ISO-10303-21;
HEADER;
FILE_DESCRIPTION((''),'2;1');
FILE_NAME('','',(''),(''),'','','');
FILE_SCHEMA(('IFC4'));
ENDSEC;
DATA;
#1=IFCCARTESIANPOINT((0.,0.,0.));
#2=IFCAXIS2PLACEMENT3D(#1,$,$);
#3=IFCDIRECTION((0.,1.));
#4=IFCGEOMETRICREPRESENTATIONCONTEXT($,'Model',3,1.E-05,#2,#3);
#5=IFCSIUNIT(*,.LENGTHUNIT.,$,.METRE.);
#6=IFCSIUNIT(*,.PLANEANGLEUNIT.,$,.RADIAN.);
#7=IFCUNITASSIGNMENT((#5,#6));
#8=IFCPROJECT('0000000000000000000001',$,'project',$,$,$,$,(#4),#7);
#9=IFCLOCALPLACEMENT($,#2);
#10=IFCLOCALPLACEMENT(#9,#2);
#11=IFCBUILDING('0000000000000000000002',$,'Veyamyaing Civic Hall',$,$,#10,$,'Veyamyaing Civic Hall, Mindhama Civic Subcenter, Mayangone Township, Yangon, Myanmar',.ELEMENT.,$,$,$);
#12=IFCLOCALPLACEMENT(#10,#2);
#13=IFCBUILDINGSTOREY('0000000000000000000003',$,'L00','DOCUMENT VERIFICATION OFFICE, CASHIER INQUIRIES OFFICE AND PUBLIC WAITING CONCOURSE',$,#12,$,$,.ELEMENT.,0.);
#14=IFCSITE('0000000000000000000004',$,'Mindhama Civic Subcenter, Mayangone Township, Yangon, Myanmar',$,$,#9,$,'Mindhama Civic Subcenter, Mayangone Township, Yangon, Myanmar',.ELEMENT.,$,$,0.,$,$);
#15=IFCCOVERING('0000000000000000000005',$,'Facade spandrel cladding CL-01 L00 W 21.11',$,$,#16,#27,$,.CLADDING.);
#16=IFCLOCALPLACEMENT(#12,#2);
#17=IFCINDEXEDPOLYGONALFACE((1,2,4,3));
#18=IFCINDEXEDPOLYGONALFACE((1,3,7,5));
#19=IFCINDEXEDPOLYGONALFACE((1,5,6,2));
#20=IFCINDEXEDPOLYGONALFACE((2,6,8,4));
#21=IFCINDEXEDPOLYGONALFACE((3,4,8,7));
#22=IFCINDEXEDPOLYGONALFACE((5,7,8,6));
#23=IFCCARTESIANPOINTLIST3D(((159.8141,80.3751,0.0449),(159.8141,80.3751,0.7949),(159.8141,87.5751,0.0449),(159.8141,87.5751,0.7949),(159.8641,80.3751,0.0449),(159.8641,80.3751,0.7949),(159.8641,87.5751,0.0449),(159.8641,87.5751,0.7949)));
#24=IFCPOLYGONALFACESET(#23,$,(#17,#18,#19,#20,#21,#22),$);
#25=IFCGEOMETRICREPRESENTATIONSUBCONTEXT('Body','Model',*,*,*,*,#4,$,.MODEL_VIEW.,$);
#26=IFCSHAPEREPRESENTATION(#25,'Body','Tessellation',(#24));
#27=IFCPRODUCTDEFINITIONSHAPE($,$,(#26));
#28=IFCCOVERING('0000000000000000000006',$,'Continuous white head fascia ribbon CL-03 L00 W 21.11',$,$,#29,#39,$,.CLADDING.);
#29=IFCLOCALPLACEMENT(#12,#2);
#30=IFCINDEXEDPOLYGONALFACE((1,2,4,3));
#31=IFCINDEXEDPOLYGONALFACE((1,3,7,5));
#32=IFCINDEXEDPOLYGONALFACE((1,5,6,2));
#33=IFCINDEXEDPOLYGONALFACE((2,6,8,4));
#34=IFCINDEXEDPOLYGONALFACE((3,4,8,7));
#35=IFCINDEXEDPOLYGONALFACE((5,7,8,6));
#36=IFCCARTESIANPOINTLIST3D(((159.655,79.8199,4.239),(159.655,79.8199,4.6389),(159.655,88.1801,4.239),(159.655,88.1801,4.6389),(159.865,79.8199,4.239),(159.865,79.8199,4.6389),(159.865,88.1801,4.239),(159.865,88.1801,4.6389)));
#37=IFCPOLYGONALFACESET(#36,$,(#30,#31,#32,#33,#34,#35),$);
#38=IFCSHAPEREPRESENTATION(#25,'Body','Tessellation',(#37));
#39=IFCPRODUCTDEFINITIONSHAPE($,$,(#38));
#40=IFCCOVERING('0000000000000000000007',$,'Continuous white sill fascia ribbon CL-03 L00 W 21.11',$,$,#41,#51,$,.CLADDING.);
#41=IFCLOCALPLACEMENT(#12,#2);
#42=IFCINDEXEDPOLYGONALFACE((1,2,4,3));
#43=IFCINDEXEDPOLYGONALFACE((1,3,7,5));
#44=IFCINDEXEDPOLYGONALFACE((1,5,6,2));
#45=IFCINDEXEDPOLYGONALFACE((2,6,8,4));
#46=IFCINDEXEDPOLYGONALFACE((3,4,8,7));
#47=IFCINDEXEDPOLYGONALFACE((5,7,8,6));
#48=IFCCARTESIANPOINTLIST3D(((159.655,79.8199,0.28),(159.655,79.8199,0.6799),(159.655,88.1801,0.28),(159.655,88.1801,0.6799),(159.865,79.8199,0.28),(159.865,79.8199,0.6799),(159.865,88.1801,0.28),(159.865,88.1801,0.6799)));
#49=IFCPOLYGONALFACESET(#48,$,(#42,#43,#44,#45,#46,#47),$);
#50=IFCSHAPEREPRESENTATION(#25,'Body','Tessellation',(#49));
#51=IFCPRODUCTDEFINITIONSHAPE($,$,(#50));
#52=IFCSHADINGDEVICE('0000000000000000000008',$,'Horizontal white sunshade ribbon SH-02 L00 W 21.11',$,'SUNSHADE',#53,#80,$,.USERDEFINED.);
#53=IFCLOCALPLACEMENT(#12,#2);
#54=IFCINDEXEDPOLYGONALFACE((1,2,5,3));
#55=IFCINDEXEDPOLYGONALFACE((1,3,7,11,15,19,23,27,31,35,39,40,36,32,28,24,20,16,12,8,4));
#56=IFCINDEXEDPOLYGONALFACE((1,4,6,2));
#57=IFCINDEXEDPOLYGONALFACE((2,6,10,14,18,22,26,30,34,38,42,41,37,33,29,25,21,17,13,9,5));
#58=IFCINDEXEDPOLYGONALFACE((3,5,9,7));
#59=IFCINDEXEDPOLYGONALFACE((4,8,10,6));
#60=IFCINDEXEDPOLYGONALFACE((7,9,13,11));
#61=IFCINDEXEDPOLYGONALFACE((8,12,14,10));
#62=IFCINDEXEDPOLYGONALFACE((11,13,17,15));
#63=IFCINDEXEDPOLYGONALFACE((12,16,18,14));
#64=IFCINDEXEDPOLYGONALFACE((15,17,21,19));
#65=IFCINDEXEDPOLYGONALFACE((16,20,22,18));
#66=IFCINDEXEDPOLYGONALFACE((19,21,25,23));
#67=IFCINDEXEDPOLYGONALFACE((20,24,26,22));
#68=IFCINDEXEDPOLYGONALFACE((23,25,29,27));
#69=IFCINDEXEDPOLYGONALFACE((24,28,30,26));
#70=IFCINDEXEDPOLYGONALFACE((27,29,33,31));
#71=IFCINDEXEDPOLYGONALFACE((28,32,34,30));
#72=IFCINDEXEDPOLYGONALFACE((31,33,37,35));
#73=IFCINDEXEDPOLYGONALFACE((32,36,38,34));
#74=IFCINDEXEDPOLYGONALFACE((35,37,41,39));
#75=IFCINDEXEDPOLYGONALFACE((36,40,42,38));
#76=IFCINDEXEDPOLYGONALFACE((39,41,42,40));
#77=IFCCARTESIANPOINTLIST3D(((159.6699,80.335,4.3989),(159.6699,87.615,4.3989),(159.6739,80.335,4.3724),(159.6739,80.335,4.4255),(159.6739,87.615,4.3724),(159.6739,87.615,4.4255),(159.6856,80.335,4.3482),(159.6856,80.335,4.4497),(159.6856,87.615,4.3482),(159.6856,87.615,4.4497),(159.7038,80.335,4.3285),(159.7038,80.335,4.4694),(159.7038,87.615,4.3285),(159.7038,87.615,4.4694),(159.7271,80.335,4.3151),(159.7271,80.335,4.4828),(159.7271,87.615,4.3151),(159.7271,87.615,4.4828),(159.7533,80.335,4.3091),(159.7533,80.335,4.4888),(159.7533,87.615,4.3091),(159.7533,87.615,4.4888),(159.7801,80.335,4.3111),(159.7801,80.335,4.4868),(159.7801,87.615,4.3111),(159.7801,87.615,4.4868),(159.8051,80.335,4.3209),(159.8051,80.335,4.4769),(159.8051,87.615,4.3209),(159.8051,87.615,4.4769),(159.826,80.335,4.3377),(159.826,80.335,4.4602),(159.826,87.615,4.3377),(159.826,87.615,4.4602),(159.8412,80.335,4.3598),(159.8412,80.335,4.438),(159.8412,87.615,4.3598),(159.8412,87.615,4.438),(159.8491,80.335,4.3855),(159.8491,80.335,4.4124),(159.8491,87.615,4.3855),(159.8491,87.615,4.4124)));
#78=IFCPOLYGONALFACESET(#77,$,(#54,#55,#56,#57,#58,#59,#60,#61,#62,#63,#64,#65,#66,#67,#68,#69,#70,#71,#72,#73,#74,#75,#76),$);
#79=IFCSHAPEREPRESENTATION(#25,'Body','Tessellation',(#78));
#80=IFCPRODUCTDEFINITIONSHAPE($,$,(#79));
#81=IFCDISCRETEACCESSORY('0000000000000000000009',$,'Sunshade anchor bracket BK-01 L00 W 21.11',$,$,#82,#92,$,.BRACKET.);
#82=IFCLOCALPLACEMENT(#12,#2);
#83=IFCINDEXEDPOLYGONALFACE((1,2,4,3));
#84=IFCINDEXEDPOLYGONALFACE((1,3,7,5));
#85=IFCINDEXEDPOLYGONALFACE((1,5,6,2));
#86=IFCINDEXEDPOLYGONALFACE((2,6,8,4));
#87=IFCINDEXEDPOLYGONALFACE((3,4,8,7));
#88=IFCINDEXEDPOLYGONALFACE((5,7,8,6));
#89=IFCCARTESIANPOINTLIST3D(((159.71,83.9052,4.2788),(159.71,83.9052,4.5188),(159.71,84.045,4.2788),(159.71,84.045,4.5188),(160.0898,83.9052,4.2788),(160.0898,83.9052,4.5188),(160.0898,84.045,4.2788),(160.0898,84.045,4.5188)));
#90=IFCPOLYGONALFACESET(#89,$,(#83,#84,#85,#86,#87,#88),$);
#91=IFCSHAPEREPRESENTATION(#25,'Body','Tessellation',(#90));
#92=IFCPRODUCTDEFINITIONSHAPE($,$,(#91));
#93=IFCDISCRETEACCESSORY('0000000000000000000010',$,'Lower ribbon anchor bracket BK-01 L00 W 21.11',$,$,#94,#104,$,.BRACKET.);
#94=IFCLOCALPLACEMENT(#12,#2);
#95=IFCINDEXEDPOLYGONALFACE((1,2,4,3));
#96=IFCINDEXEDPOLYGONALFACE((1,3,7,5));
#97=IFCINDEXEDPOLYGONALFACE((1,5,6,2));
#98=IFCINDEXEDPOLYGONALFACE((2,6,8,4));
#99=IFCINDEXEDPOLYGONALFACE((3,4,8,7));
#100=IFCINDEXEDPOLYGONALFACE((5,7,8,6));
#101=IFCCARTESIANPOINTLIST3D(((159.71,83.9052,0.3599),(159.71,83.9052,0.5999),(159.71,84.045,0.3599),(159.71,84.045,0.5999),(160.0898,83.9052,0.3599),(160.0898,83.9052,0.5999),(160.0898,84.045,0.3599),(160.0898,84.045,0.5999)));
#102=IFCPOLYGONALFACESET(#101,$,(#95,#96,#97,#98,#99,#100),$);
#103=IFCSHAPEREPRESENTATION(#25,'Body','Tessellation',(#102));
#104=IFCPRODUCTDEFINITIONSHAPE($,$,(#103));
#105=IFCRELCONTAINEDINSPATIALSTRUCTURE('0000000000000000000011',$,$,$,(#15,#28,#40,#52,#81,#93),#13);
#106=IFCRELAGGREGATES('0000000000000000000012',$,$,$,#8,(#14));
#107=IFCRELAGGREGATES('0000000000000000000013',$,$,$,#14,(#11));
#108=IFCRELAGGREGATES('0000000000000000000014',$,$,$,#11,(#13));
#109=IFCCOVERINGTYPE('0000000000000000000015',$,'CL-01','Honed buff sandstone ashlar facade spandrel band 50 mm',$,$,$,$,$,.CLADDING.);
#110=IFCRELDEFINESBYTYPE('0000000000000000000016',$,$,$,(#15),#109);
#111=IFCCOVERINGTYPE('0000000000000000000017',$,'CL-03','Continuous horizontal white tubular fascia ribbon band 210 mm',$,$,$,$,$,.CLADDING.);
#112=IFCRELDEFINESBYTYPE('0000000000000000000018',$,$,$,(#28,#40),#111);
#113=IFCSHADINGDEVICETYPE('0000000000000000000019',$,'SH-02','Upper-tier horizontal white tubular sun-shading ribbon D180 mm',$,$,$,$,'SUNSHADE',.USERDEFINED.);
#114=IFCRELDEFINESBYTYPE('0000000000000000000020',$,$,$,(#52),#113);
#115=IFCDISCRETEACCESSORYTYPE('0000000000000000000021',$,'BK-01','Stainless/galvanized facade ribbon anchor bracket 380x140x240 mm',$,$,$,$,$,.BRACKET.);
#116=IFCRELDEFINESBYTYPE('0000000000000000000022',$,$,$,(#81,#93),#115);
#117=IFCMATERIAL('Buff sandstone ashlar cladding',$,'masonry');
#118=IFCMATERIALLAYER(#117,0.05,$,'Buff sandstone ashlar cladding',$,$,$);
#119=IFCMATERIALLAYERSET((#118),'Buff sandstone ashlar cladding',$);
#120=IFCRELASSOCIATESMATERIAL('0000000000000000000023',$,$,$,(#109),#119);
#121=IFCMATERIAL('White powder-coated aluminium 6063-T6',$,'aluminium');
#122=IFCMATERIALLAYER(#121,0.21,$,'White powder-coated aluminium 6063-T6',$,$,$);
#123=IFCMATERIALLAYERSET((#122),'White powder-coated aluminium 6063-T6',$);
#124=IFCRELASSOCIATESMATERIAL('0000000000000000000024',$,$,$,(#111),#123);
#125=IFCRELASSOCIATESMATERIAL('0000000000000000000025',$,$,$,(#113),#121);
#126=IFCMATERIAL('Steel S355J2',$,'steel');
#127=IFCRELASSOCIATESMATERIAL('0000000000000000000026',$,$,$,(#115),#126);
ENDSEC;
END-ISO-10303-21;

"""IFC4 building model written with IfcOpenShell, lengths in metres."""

from ifc_helpers import new_model, si_unit, direction, frame, origin, origin_2d, place, context, subcontext, project, spatial, rectangle, circle, extrude, material, layer, layer_set, material_profile, profile_set, type_object, element, save


model = new_model("IFC4")

# Units and contexts
model_context = context("Model", 3, precision=1e-05, world=origin(), true_north=direction((0.0, 1.0)))
body_context = subcontext(model_context, "Body", "Model", "MODEL_VIEW")
ifc_project = project(units=[si_unit("LENGTHUNIT", "METRE"), si_unit("PLANEANGLEUNIT", "RADIAN")], contexts=[model_context])

# Site, building, storey
site_placement = place(None, origin())
site = spatial("IfcSite", under=ifc_project, at=site_placement, Name="Mindhama Civic Subcenter, Mayangone Township, Yangon, Myanmar", LongName="Mindhama Civic Subcenter, Mayangone Township, Yangon, Myanmar", CompositionType="ELEMENT", RefElevation=0.0)
building_placement = place(site_placement, origin())
building = spatial("IfcBuilding", under=site, at=building_placement, Name="Veyamyaing Civic Hall", LongName="Veyamyaing Civic Hall, Mindhama Civic Subcenter, Mayangone Township, Yangon, Myanmar", CompositionType="ELEMENT")
storey_placement = place(building_placement, origin())
storey = spatial("IfcBuildingStorey", under=building, at=storey_placement, Name="L00", Description="DOCUMENT VERIFICATION OFFICE, CASHIER INQUIRIES OFFICE AND PUBLIC WAITING CONCOURSE", CompositionType="ELEMENT", Elevation=0.0)

# Coverings
ifc_material_1 = material(Name="Buff sandstone ashlar cladding", Category="masonry")
ifc_layer_1 = layer(ifc_material_1, 0.05, Name="Buff sandstone ashlar cladding")
ifc_layer_set_1 = layer_set([ifc_layer_1], Name="Buff sandstone ashlar cladding")
covering_type_1 = type_object("IfcCoveringType", Name="CL-01", Description="Honed buff sandstone ashlar facade spandrel band 50 mm", PredefinedType="CLADDING", material=ifc_layer_set_1)
covering_placement = place(storey_placement, frame((159.8391, 83.9751, 0.0449), z_axis=(0.0, 0.0, 1.0), x_axis=(0.0, 1.0, 0.0)))
element("IfcCovering", 1, at=covering_placement, inside=storey, type_object=covering_type_1, Name="Facade spandrel cladding CL-01 L00 W 21.11", PredefinedType="CLADDING", context=body_context, shape_type="SweptSolid", body=[
    extrude(rectangle(XDim=7.2, YDim=0.05, at=origin_2d()), origin(), (0.0, 0.0, 1.0), 0.75),
])
ifc_material_2 = material(Name="White powder-coated aluminium 6063-T6", Category="aluminium")
ifc_layer_2 = layer(ifc_material_2, 0.21, Name="White powder-coated aluminium 6063-T6")
ifc_layer_set_2 = layer_set([ifc_layer_2], Name="White powder-coated aluminium 6063-T6")
covering_type_2 = type_object("IfcCoveringType", Name="CL-03", Description="Continuous horizontal white tubular fascia ribbon band 210 mm", PredefinedType="CLADDING", material=ifc_layer_set_2)
for number, where, z_axis, x_axis, name in (
    (2, (159.76, 84.0, 4.239), (0.0, 0.0, 1.0), (0.0, 1.0, 0.0), "Continuous white head fascia ribbon CL-03 L00 W 21.11"),
    (3, (159.76, 84.0, 0.28), (0.0, 0.0, 1.0), (0.0, 1.0, 0.0), "Continuous white sill fascia ribbon CL-03 L00 W 21.11"),
):
    element("IfcCovering", number, at=place(storey_placement, frame(where, z_axis=z_axis, x_axis=x_axis)), inside=storey, type_object=covering_type_2, Name=name, PredefinedType="CLADDING", context=body_context, shape_type="SweptSolid", body=[
        extrude(rectangle(XDim=8.3601, YDim=0.21, at=origin_2d()), origin(), (0.0, 0.0, 1.0), 0.3999),
    ])

# Shading device
ifc_material_profile_1 = material_profile(ifc_material_2, circle(Radius=0.0901, at=origin_2d()), Name="SHADE-TUBE-180")
ifc_profile_set_1 = profile_set([ifc_material_profile_1], Name="White powder-coated aluminium 6063-T6")
shading_device_type = type_object("IfcShadingDeviceType", Name="SH-02", Description="Upper-tier horizontal white tubular sun-shading ribbon D180 mm", ElementType="SUNSHADE", PredefinedType="USERDEFINED", material=ifc_profile_set_1)
shading_device_placement = place(storey_placement, frame((159.76, 80.335, 4.3989), z_axis=(0.0, 1.0, 0.0), x_axis=(-1.0, 0.0, 0.0)))
element("IfcShadingDevice", 4, at=shading_device_placement, inside=storey, type_object=shading_device_type, Name="Horizontal white sunshade ribbon SH-02 L00 W 21.11", ObjectType="SUNSHADE", PredefinedType="USERDEFINED", context=body_context, shape_type="SweptSolid", body=[
    extrude(circle(Radius=0.0901, at=origin_2d()), origin(), (0.0, 0.0, 1.0), 7.28),
])

# Discrete accessories
ifc_material_3 = material(Name="Steel S355J2", Category="steel")
discrete_accessory_type = type_object("IfcDiscreteAccessoryType", Name="BK-01", Description="Stainless/galvanized facade ribbon anchor bracket 380x140x240 mm", PredefinedType="BRACKET", material=ifc_material_3)
for number, where, z_axis, x_axis, name in (
    (5, (159.8999, 83.9751, 4.2788), (0.0, 0.0, 1.0), (-1.0, 0.0, 0.0), "Sunshade anchor bracket BK-01 L00 W 21.11"),
    (6, (159.8999, 83.9751, 0.3599), (0.0, 0.0, 1.0), (-1.0, 0.0, 0.0), "Lower ribbon anchor bracket BK-01 L00 W 21.11"),
):
    element("IfcDiscreteAccessory", number, at=place(storey_placement, frame(where, z_axis=z_axis, x_axis=x_axis)), inside=storey, type_object=discrete_accessory_type, Name=name, PredefinedType="BRACKET", context=body_context, shape_type="SweptSolid", body=[
        extrude(rectangle(XDim=0.3799, YDim=0.1399, at=origin_2d()), origin(), (0.0, 0.0, 1.0), 0.24),
    ])

save(model, "model.ifc")
